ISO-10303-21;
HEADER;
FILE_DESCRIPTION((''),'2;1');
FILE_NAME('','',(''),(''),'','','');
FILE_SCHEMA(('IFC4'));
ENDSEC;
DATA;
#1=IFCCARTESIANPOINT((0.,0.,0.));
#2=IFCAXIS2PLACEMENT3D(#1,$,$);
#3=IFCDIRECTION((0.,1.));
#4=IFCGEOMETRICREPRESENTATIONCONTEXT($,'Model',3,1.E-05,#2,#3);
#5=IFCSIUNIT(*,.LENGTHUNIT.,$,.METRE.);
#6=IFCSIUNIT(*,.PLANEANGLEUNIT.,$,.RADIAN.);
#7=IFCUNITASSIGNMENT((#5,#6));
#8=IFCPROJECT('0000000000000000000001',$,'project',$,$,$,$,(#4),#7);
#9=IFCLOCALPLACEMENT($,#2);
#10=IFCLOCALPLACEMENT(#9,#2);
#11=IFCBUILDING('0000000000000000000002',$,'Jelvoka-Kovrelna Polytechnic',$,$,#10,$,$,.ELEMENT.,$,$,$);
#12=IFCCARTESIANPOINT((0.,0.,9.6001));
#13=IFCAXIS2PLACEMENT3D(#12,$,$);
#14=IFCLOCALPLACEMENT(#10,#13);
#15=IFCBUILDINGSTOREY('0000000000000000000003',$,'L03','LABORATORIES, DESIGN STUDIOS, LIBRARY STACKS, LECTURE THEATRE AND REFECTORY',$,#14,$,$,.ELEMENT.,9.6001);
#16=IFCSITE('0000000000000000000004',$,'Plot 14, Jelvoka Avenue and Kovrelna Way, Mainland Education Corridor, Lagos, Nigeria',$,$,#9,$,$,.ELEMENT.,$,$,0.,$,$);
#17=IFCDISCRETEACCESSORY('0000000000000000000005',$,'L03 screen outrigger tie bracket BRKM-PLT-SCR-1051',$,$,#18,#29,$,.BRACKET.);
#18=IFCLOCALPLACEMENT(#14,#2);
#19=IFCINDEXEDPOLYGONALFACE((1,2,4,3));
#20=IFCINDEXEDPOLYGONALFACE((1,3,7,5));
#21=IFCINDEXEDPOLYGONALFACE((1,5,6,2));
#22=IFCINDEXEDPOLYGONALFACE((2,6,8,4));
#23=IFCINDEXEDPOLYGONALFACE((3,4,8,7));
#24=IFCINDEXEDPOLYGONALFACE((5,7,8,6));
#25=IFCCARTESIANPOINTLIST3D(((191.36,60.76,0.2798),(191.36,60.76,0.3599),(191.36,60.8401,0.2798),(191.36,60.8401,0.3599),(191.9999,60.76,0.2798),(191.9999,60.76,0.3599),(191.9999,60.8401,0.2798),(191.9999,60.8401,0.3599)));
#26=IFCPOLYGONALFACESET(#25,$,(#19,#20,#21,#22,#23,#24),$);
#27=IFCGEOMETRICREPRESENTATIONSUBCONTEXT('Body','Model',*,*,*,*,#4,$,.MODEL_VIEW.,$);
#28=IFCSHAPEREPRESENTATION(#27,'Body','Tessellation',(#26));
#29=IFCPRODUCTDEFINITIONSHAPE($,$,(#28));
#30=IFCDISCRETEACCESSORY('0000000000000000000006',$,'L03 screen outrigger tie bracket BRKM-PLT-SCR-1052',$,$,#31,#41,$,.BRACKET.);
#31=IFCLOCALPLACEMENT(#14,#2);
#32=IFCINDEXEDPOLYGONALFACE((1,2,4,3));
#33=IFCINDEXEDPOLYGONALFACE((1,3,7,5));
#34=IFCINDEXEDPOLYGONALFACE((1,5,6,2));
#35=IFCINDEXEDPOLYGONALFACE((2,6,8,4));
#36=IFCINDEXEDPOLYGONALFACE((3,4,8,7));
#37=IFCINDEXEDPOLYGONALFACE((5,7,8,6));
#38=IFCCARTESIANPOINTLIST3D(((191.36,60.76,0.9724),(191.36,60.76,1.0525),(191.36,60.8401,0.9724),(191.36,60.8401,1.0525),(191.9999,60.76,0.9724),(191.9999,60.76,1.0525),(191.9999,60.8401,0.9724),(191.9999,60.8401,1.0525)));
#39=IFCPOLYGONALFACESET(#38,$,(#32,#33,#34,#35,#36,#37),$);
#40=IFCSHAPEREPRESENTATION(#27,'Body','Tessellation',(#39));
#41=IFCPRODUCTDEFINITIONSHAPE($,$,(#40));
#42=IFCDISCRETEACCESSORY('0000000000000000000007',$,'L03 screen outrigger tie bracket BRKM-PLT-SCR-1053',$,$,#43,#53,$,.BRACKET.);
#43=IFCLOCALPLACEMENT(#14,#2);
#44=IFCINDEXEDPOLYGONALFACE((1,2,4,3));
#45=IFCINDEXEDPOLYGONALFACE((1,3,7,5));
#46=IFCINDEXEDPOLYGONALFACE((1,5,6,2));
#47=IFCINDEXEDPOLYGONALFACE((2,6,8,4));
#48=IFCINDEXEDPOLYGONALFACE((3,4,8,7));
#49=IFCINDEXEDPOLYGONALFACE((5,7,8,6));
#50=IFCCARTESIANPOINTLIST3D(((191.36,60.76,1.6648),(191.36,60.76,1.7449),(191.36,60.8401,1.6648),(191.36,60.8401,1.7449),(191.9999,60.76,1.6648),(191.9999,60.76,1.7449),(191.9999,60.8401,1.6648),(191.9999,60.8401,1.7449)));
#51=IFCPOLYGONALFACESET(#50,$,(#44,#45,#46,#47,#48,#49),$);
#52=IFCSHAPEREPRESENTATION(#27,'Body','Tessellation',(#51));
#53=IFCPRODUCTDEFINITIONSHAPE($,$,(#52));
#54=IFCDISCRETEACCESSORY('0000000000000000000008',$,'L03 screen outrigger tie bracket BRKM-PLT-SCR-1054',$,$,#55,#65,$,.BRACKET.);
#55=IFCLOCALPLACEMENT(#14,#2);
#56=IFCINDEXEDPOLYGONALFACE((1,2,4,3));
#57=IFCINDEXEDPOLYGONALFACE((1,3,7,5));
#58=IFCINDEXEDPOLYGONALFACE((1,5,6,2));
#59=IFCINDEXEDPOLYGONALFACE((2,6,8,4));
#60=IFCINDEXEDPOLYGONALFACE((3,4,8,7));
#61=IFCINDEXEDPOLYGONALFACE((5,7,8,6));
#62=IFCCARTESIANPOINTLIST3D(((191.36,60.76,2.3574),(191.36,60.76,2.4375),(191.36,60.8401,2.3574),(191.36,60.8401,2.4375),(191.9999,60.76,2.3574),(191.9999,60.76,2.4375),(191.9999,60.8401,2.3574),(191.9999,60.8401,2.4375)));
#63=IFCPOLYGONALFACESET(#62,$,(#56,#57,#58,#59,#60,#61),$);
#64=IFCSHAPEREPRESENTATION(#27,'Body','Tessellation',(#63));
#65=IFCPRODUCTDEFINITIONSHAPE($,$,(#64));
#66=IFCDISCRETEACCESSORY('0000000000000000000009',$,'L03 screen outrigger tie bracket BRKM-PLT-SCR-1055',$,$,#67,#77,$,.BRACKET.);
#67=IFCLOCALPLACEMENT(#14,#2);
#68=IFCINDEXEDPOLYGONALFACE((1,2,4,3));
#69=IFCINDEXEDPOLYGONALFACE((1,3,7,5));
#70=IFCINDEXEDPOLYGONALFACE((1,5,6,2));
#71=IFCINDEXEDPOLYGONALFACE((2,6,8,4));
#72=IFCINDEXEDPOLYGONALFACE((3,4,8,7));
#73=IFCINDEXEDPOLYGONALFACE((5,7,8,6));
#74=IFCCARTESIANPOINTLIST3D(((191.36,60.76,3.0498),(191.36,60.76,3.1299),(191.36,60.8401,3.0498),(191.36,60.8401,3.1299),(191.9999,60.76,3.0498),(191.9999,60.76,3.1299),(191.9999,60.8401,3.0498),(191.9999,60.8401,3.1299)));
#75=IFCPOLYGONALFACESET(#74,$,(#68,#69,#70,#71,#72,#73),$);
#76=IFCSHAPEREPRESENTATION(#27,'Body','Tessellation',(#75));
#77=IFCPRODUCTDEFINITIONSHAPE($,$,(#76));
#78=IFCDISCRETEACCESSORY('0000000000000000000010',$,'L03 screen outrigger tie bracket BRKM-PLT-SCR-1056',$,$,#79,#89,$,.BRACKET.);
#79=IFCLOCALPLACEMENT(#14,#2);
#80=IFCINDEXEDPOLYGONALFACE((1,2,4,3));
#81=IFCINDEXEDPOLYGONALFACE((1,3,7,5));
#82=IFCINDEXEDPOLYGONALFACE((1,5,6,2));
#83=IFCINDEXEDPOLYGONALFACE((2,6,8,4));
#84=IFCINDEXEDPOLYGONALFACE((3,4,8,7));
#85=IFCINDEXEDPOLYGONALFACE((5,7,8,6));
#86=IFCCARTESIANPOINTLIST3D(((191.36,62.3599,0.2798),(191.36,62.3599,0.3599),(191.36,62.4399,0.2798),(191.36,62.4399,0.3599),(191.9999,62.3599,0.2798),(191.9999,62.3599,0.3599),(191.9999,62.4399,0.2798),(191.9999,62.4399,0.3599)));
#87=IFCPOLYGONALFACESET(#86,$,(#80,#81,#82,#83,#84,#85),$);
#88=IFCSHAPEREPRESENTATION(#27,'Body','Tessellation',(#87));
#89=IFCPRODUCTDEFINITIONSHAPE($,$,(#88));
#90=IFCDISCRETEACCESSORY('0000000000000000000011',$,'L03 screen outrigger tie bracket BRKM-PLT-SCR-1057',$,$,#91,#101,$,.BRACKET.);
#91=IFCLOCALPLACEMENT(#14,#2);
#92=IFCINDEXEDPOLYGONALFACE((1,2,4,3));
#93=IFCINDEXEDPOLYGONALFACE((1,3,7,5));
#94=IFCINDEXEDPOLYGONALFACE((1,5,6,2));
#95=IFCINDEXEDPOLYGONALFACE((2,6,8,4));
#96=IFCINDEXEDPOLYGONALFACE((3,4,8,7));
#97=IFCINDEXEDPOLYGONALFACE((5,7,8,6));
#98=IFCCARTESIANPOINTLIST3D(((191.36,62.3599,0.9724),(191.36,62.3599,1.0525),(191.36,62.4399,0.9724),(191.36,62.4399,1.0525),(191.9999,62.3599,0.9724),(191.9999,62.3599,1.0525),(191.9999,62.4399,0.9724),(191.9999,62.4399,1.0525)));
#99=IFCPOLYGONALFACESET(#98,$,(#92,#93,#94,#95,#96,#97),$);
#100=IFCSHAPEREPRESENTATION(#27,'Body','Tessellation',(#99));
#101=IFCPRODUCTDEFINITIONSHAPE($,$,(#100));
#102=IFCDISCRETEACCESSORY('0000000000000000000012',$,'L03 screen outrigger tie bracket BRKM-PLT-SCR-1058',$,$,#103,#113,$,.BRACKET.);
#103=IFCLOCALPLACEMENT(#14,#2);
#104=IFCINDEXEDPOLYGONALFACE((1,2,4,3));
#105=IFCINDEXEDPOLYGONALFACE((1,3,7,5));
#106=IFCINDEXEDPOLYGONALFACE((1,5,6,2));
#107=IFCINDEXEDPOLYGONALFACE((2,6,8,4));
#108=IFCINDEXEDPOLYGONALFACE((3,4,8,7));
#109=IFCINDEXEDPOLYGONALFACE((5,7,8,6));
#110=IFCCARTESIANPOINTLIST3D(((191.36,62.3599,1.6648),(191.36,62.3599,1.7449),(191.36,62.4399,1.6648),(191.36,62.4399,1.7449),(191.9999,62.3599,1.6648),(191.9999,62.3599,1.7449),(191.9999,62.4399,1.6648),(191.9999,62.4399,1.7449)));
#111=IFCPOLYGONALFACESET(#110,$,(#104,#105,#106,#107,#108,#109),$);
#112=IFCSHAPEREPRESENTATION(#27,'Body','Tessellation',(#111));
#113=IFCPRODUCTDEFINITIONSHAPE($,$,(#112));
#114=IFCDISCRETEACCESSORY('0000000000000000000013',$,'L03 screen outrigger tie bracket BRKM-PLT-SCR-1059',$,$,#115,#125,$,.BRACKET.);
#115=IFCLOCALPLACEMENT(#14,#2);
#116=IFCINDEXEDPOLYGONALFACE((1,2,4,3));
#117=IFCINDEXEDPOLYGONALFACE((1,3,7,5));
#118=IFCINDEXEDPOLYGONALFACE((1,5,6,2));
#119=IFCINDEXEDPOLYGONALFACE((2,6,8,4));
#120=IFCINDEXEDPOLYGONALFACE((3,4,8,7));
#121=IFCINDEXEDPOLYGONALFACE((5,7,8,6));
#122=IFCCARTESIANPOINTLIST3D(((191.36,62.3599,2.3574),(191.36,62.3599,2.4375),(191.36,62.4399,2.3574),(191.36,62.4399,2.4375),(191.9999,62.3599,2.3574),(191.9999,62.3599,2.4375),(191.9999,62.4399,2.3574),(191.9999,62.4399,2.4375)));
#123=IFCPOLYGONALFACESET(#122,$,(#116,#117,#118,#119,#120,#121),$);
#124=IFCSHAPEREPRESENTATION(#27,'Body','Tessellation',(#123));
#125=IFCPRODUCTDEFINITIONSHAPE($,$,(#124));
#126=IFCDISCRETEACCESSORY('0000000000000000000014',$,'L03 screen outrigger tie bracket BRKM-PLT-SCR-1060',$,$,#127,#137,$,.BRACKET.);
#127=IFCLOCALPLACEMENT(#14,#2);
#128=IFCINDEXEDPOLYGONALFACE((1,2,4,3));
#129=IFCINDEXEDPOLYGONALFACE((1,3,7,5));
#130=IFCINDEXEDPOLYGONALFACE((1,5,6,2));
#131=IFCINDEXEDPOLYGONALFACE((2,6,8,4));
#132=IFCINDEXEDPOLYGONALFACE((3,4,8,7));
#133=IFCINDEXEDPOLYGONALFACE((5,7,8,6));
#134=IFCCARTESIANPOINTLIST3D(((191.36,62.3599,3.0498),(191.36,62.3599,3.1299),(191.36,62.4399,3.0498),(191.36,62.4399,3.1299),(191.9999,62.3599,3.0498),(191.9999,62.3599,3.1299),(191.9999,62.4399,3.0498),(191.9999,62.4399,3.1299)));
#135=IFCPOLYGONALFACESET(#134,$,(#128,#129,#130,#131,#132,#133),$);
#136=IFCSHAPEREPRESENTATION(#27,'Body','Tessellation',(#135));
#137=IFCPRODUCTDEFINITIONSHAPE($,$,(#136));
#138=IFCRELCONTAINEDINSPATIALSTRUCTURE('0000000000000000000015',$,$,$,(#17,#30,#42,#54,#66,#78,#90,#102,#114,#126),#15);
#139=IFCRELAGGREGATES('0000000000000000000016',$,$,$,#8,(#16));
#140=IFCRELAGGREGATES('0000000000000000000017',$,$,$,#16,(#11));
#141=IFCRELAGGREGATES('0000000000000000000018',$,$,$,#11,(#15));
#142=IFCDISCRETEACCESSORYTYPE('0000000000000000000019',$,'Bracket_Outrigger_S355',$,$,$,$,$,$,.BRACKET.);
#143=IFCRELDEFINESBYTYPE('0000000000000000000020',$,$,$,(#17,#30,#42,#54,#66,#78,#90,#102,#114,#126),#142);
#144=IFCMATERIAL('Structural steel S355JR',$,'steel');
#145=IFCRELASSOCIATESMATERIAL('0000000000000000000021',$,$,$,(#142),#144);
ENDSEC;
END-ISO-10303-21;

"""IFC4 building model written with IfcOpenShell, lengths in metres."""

from ifc_helpers import new_model, si_unit, direction, frame, origin, origin_2d, place, context, subcontext, project, spatial, rectangle, extrude, material, type_object, element, save


model = new_model("IFC4")

# Units and contexts
model_context = context("Model", 3, precision=1e-05, world=origin(), true_north=direction((0.0, 1.0)))
body_context = subcontext(model_context, "Body", "Model", "MODEL_VIEW")
ifc_project = project(units=[si_unit("LENGTHUNIT", "METRE"), si_unit("PLANEANGLEUNIT", "RADIAN")], contexts=[model_context])

# Site, building, storey
site_placement = place(None, origin())
site = spatial("IfcSite", under=ifc_project, at=site_placement, Name="Plot 14, Jelvoka Avenue and Kovrelna Way, Mainland Education Corridor, Lagos, Nigeria", CompositionType="ELEMENT", RefElevation=0.0)
building_placement = place(site_placement, origin())
building = spatial("IfcBuilding", under=site, at=building_placement, Name="Jelvoka-Kovrelna Polytechnic", CompositionType="ELEMENT")
storey_placement = place(building_placement, frame((0.0, 0.0, 9.6001)))
storey = spatial("IfcBuildingStorey", under=building, at=storey_placement, Name="L03", Description="LABORATORIES, DESIGN STUDIOS, LIBRARY STACKS, LECTURE THEATRE AND REFECTORY", CompositionType="ELEMENT", Elevation=9.6001)

# Discrete accessories
ifc_material_1 = material(Name="Structural steel S355JR", Category="steel")
discrete_accessory_type = type_object("IfcDiscreteAccessoryType", Name="Bracket_Outrigger_S355", PredefinedType="BRACKET", material=ifc_material_1)
for number, where, z_axis, x_axis, name in (
    (1, (191.6799, 60.8, 0.2798), (0.0, 0.0, 1.0), (1.0, 0.0, 0.0), "L03 screen outrigger tie bracket BRKM-PLT-SCR-1051"),
    (2, (191.6799, 60.8, 0.9724), (0.0, 0.0, 1.0), (1.0, 0.0, 0.0), "L03 screen outrigger tie bracket BRKM-PLT-SCR-1052"),
    (3, (191.6799, 60.8, 1.6648), (0.0, 0.0, 1.0), (1.0, 0.0, 0.0), "L03 screen outrigger tie bracket BRKM-PLT-SCR-1053"),
    (4, (191.6799, 60.8, 2.3574), (0.0, 0.0, 1.0), (1.0, 0.0, 0.0), "L03 screen outrigger tie bracket BRKM-PLT-SCR-1054"),
    (5, (191.6799, 60.8, 3.0498), (0.0, 0.0, 1.0), (1.0, 0.0, 0.0), "L03 screen outrigger tie bracket BRKM-PLT-SCR-1055"),
    (6, (191.6799, 62.3999, 0.2798), (0.0, 0.0, 1.0), (1.0, 0.0, 0.0), "L03 screen outrigger tie bracket BRKM-PLT-SCR-1056"),
    (7, (191.6799, 62.3999, 0.9724), (0.0, 0.0, 1.0), (1.0, 0.0, 0.0), "L03 screen outrigger tie bracket BRKM-PLT-SCR-1057"),
    (8, (191.6799, 62.3999, 1.6648), (0.0, 0.0, 1.0), (1.0, 0.0, 0.0), "L03 screen outrigger tie bracket BRKM-PLT-SCR-1058"),
    (9, (191.6799, 62.3999, 2.3574), (0.0, 0.0, 1.0), (1.0, 0.0, 0.0), "L03 screen outrigger tie bracket BRKM-PLT-SCR-1059"),
    (10, (191.6799, 62.3999, 3.0498), (0.0, 0.0, 1.0), (1.0, 0.0, 0.0), "L03 screen outrigger tie bracket BRKM-PLT-SCR-1060"),
):
    element("IfcDiscreteAccessory", number, at=place(storey_placement, frame(where, z_axis=z_axis, x_axis=x_axis)), inside=storey, type_object=discrete_accessory_type, Name=name, PredefinedType="BRACKET", context=body_context, shape_type="SweptSolid", body=[
        extrude(rectangle(XDim=0.6399, YDim=0.0801, at=origin_2d()), origin(), (0.0, 0.0, 1.0), 0.0801),
    ])

save(model, "model.ifc")
